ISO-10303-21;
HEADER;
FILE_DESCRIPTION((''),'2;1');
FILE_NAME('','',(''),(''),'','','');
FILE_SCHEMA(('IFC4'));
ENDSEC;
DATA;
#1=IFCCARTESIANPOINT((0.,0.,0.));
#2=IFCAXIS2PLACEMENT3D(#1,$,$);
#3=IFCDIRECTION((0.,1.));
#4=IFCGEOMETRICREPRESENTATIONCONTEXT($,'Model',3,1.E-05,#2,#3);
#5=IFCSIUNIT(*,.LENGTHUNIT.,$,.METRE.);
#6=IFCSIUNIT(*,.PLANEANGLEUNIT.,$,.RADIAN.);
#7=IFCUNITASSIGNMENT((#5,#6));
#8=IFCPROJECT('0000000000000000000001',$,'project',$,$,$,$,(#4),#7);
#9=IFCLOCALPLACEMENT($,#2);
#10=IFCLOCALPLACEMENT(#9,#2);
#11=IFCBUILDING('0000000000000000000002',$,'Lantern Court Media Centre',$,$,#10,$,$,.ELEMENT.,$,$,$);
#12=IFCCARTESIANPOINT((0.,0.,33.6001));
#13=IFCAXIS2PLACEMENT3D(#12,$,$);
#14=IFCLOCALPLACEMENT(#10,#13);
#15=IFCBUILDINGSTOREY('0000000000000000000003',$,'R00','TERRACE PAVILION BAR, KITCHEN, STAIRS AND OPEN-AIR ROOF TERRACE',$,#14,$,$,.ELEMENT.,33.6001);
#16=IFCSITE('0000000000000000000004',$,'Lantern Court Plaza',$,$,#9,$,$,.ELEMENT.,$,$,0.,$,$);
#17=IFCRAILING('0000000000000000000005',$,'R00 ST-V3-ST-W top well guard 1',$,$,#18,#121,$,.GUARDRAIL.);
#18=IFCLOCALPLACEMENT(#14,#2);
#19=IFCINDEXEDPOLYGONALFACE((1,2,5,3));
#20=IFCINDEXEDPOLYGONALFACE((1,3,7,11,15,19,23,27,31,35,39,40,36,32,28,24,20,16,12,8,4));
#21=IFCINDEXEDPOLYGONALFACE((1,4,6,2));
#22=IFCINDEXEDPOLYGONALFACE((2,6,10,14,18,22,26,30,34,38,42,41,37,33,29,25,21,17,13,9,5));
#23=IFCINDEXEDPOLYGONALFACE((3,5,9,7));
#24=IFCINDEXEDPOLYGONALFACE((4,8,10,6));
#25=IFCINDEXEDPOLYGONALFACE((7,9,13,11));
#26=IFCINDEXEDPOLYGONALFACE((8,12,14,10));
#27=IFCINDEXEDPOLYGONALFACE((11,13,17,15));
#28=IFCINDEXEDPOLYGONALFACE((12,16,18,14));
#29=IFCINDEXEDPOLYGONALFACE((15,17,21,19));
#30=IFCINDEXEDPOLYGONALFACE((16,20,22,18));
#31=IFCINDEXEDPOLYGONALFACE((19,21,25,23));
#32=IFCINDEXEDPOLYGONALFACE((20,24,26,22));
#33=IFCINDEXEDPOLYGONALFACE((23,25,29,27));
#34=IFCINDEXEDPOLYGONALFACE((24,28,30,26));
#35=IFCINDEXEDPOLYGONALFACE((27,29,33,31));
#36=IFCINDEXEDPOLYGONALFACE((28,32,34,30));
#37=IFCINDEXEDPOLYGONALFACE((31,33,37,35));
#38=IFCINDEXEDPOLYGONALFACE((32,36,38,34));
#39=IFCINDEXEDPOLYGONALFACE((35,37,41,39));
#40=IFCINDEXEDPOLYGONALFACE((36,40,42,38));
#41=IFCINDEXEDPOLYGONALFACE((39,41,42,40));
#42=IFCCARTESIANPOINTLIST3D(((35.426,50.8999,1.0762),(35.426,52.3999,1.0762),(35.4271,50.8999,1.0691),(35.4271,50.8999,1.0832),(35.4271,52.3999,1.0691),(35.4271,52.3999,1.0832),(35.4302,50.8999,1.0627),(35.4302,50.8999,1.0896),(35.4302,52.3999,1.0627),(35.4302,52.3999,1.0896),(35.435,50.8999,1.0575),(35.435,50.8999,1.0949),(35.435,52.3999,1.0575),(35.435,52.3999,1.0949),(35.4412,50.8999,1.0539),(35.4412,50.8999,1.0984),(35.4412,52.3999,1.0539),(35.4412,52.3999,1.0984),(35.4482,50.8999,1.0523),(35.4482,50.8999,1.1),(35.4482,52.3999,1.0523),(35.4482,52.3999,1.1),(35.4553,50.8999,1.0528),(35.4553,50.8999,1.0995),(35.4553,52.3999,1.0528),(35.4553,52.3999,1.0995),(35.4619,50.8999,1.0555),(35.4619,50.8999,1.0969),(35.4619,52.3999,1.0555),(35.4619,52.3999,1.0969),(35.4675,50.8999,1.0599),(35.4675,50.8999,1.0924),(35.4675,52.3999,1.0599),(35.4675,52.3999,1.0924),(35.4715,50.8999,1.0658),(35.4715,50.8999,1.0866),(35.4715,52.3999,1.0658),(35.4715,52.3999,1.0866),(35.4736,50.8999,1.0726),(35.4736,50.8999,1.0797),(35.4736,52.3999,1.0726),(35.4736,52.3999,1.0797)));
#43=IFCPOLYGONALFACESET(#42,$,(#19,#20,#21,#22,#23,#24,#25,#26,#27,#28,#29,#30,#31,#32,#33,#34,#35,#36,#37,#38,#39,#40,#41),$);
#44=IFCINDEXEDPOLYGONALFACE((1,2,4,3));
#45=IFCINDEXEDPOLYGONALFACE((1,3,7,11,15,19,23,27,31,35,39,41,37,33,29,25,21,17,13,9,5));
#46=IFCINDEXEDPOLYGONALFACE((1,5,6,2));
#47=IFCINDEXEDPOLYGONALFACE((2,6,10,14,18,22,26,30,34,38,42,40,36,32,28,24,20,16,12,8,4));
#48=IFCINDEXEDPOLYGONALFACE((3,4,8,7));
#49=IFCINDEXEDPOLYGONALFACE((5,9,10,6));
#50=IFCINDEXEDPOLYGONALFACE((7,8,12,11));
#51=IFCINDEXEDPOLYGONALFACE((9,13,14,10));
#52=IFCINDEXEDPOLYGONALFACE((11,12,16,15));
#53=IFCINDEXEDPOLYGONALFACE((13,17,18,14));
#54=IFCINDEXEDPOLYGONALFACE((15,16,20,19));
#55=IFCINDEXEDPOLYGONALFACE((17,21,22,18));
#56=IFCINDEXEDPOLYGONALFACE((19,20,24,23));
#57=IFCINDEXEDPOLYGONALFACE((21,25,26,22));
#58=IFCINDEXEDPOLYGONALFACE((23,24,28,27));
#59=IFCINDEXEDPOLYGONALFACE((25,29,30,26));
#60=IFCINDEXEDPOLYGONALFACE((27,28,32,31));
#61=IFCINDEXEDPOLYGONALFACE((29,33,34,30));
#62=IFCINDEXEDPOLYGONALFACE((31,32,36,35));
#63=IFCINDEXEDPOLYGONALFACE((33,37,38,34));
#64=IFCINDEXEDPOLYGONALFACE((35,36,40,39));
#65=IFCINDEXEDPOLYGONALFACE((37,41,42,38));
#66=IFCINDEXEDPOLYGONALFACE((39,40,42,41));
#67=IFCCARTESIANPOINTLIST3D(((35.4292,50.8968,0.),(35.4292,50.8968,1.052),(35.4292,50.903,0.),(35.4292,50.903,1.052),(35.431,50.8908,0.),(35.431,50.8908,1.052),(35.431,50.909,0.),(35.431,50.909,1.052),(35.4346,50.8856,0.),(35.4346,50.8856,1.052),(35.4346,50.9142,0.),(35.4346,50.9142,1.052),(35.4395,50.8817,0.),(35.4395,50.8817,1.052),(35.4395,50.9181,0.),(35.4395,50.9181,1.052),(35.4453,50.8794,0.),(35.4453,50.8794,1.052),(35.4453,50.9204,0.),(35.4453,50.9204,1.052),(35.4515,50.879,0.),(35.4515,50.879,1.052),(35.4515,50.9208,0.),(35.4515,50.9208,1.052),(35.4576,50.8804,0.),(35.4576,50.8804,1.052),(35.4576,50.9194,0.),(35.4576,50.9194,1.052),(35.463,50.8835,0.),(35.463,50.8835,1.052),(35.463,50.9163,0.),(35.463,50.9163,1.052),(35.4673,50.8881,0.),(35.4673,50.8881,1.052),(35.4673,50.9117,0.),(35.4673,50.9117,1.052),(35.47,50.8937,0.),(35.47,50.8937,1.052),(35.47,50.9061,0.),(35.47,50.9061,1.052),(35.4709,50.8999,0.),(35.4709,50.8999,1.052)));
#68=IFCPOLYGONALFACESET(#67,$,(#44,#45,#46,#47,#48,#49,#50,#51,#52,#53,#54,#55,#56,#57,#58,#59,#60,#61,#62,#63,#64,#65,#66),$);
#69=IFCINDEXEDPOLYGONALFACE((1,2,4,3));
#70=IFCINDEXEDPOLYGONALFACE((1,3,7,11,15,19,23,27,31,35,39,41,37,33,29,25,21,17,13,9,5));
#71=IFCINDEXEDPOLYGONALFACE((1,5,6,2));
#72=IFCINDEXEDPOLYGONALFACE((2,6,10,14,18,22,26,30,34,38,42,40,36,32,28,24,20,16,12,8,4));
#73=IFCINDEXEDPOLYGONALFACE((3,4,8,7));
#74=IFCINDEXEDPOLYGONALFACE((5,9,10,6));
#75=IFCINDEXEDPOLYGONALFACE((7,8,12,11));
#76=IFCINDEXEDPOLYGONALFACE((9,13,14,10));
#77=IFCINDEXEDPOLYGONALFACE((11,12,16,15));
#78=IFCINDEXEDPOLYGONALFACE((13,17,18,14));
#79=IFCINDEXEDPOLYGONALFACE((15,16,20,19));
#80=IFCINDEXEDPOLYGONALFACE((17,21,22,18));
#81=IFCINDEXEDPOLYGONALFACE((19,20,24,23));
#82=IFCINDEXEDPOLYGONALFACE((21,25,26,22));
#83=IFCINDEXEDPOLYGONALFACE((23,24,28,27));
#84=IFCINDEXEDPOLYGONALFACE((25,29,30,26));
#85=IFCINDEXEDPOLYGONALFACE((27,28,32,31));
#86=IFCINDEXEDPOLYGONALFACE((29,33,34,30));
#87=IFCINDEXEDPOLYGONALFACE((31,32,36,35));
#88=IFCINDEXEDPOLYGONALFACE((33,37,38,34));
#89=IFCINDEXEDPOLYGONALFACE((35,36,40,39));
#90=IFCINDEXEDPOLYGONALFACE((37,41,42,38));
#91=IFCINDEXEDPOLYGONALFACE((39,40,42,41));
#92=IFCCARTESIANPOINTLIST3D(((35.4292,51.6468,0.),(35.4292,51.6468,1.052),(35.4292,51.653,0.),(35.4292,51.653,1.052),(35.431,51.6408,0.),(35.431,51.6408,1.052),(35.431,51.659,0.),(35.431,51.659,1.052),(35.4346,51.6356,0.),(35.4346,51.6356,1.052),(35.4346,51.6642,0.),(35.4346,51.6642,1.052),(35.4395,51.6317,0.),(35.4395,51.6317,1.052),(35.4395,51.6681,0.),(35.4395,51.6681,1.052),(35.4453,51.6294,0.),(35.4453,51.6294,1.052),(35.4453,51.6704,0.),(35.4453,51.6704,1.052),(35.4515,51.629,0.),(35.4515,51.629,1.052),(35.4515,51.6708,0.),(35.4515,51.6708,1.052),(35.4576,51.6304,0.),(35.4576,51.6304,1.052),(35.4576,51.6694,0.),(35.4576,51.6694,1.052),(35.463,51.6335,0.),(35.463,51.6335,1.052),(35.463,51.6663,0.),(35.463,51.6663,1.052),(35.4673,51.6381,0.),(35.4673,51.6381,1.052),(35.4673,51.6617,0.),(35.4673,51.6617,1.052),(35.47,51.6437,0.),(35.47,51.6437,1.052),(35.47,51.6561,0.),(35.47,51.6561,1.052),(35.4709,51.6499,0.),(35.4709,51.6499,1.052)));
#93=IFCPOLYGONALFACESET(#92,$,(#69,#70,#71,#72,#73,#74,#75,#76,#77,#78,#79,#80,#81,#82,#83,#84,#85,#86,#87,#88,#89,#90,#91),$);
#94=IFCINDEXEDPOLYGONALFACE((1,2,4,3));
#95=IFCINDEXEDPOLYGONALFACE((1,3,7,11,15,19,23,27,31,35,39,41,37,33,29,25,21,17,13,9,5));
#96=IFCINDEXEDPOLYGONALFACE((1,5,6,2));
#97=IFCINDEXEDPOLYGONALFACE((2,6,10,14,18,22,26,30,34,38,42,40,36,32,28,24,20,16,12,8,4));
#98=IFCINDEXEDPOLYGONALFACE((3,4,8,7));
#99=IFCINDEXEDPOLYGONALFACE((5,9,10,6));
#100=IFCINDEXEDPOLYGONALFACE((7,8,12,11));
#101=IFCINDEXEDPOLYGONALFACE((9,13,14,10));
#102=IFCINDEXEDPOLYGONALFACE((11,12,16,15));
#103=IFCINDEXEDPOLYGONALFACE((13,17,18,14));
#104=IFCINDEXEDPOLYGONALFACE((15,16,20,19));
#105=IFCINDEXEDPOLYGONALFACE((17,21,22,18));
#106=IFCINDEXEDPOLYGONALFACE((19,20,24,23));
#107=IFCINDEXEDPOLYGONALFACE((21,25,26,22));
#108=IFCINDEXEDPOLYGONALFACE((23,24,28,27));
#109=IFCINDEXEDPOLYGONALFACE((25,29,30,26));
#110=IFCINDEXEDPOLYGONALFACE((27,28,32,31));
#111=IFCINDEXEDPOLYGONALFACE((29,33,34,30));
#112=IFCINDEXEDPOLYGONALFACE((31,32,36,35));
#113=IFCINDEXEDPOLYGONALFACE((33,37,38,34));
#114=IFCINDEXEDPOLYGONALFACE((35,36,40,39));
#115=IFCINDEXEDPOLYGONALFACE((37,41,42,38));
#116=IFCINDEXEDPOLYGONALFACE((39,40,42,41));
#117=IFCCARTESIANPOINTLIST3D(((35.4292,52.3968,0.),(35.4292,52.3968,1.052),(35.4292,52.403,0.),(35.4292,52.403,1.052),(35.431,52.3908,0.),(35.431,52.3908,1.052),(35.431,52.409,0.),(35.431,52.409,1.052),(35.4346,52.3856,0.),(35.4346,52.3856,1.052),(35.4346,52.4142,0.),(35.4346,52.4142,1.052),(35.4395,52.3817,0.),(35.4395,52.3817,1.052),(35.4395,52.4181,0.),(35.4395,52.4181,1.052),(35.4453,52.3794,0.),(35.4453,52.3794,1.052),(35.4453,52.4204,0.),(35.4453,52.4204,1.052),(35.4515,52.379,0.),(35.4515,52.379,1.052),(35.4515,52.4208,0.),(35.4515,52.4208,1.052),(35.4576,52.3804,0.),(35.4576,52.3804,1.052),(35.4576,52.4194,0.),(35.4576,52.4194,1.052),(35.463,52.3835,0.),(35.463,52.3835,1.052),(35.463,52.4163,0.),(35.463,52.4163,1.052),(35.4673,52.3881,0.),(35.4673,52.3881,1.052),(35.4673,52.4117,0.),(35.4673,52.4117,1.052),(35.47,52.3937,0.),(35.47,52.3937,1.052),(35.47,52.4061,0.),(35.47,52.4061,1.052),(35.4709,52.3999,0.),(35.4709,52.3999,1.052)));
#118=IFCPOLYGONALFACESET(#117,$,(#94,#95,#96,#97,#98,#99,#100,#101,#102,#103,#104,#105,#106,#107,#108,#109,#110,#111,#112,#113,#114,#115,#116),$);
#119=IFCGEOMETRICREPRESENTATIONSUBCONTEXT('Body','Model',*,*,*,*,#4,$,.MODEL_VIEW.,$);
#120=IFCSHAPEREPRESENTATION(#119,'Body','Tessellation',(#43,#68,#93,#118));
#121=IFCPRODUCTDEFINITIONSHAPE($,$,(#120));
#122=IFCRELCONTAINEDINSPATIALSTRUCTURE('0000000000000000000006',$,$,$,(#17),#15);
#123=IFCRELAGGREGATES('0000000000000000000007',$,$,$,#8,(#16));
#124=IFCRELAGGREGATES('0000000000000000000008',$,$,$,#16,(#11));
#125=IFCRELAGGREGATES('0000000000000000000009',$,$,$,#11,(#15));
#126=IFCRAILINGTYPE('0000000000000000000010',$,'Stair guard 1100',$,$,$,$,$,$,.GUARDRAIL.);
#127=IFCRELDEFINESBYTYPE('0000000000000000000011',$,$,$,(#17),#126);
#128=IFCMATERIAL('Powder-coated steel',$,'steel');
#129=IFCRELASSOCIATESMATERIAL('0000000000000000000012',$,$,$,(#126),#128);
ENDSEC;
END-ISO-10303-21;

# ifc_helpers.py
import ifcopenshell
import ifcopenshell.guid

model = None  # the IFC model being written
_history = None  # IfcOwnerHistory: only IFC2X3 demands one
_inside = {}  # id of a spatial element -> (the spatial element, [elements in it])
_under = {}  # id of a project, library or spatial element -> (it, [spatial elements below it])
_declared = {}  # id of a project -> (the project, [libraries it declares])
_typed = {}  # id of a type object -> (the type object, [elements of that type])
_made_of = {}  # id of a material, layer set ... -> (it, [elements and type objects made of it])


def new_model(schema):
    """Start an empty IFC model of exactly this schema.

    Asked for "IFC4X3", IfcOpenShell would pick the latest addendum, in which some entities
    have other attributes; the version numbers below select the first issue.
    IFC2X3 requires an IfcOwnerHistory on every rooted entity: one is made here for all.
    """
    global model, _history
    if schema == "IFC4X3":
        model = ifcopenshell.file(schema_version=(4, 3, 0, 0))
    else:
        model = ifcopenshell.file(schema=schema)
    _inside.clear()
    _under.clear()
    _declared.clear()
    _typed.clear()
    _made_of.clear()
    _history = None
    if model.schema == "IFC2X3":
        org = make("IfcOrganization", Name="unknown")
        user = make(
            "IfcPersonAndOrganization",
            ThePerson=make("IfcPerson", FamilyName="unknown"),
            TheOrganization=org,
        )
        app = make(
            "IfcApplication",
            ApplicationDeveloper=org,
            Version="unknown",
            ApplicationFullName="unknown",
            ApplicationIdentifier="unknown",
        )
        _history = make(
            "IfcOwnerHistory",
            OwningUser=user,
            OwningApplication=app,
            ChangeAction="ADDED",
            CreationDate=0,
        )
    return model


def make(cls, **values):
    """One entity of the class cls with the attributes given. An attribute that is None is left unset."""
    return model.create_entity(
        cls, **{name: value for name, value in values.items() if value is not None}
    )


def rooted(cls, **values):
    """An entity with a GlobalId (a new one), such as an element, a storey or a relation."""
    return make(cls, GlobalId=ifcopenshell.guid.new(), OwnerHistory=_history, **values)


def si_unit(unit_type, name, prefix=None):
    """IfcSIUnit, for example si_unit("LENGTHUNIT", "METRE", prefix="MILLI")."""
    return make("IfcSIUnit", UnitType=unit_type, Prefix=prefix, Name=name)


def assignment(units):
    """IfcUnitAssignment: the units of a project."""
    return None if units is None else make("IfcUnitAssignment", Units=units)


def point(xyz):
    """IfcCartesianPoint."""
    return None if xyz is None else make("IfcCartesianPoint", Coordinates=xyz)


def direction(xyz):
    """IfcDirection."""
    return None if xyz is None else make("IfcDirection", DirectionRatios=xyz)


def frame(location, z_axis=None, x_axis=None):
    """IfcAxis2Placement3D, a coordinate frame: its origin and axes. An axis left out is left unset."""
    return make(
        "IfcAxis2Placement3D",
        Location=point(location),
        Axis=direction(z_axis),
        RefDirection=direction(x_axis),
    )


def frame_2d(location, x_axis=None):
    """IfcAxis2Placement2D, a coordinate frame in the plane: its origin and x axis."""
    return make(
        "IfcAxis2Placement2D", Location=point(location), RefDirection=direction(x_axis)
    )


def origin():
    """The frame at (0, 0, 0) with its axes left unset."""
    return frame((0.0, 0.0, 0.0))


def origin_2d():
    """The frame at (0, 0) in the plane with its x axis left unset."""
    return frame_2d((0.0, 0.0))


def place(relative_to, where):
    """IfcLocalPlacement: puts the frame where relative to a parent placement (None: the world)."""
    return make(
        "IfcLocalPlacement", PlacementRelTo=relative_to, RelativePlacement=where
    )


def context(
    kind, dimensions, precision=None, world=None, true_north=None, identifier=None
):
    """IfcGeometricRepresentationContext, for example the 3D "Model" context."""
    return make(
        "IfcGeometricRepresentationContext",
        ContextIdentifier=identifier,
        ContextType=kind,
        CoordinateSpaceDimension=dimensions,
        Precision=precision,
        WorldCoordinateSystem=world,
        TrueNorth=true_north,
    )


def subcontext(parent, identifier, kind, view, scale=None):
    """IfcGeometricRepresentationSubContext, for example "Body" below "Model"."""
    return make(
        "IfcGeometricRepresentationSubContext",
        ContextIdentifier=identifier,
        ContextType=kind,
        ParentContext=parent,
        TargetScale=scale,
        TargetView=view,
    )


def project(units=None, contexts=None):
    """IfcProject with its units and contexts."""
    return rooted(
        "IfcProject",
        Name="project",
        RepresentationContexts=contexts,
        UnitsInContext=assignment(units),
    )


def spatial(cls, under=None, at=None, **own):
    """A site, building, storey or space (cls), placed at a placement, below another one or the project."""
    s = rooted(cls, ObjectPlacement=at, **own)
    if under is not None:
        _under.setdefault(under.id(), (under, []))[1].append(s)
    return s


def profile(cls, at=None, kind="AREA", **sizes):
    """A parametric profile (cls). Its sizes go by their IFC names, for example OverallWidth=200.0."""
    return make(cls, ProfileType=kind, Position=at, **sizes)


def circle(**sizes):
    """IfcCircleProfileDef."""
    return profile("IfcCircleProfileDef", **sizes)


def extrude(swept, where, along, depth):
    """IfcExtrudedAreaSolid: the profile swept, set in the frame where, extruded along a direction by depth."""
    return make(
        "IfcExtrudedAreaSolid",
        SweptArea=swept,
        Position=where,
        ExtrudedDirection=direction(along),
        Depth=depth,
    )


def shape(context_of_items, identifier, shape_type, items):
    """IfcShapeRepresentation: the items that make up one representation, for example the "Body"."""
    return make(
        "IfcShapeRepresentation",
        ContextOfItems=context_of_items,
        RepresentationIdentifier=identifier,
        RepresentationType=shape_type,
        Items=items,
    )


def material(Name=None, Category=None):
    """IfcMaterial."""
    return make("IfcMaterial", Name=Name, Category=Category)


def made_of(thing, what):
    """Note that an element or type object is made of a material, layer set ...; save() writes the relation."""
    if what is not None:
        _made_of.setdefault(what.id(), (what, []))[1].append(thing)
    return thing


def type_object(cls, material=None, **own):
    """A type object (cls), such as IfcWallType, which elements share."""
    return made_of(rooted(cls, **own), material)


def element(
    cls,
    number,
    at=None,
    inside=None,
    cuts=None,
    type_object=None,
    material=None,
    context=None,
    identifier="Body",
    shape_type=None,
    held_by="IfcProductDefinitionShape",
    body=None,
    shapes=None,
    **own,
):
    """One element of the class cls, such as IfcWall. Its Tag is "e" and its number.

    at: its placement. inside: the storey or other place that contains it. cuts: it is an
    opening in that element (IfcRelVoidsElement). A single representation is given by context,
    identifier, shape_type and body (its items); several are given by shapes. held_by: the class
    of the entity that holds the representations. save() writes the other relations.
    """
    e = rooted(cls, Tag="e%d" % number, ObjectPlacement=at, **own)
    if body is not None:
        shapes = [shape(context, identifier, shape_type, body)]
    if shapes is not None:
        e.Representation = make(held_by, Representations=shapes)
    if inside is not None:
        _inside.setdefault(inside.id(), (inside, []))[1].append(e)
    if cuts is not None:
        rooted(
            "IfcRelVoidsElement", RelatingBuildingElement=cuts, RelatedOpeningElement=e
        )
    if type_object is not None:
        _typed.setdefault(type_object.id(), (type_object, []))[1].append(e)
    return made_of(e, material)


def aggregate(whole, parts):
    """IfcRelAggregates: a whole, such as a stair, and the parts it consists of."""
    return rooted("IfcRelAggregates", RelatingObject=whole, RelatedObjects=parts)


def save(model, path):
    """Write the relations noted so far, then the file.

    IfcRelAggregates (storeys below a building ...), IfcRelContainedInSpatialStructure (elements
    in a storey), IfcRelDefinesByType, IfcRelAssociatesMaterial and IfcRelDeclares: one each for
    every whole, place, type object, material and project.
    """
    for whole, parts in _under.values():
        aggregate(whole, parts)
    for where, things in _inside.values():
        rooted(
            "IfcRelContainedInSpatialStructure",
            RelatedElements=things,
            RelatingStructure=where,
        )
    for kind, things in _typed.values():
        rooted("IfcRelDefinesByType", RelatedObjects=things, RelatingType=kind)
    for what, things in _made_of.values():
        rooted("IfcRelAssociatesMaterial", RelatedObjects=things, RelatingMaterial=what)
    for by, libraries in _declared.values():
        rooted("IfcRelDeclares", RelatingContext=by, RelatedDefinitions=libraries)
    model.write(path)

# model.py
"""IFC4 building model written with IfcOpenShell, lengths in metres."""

from ifc_helpers import new_model, si_unit, direction, frame, origin, origin_2d, place, context, subcontext, project, spatial, circle, extrude, material, type_object, element, save


model = new_model("IFC4")

# Units and contexts
model_context = context("Model", 3, precision=1e-05, world=origin(), true_north=direction((0.0, 1.0)))
body_context = subcontext(model_context, "Body", "Model", "MODEL_VIEW")
ifc_project = project(units=[si_unit("LENGTHUNIT", "METRE"), si_unit("PLANEANGLEUNIT", "RADIAN")], contexts=[model_context])

# Site, building, storey
site_placement = place(None, origin())
site = spatial("IfcSite", under=ifc_project, at=site_placement, Name="Lantern Court Plaza", CompositionType="ELEMENT", RefElevation=0.0)
building_placement = place(site_placement, origin())
building = spatial("IfcBuilding", under=site, at=building_placement, Name="Lantern Court Media Centre", CompositionType="ELEMENT")
storey_placement = place(building_placement, frame((0.0, 0.0, 33.6001)))
storey = spatial("IfcBuildingStorey", under=building, at=storey_placement, Name="R00", Description="TERRACE PAVILION BAR, KITCHEN, STAIRS AND OPEN-AIR ROOF TERRACE", CompositionType="ELEMENT", Elevation=33.6001)

# Railing
ifc_material_1 = material(Name="Powder-coated steel", Category="steel")
railing_type = type_object("IfcRailingType", Name="Stair guard 1100", PredefinedType="GUARDRAIL", material=ifc_material_1)
railing_1_placement = place(storey_placement, frame((35.45, 50.8999, 0.0)))
element("IfcRailing", 1, at=railing_1_placement, inside=storey, type_object=railing_type, Name="R00 ST-V3-ST-W top well guard 1", PredefinedType="GUARDRAIL", context=body_context, shape_type="SweptSolid", body=[
    extrude(circle(Radius=0.0239, at=origin_2d()), frame((0.0, 0.0, 1.0762), z_axis=(0.0, 1.0, 0.0), x_axis=(-1.0, 0.0, 0.0)), (0.0, 0.0, 1.0), 1.5),
    extrude(circle(Radius=0.021, at=origin_2d()), origin(), (0.0, 0.0, 1.0), 1.052),
    extrude(circle(Radius=0.021, at=origin_2d()), frame((0.0, 0.75, 0.0)), (0.0, 0.0, 1.0), 1.052),
    extrude(circle(Radius=0.021, at=origin_2d()), frame((0.0, 1.5, 0.0)), (0.0, 0.0, 1.0), 1.052),
])

save(model, "model.ifc")
